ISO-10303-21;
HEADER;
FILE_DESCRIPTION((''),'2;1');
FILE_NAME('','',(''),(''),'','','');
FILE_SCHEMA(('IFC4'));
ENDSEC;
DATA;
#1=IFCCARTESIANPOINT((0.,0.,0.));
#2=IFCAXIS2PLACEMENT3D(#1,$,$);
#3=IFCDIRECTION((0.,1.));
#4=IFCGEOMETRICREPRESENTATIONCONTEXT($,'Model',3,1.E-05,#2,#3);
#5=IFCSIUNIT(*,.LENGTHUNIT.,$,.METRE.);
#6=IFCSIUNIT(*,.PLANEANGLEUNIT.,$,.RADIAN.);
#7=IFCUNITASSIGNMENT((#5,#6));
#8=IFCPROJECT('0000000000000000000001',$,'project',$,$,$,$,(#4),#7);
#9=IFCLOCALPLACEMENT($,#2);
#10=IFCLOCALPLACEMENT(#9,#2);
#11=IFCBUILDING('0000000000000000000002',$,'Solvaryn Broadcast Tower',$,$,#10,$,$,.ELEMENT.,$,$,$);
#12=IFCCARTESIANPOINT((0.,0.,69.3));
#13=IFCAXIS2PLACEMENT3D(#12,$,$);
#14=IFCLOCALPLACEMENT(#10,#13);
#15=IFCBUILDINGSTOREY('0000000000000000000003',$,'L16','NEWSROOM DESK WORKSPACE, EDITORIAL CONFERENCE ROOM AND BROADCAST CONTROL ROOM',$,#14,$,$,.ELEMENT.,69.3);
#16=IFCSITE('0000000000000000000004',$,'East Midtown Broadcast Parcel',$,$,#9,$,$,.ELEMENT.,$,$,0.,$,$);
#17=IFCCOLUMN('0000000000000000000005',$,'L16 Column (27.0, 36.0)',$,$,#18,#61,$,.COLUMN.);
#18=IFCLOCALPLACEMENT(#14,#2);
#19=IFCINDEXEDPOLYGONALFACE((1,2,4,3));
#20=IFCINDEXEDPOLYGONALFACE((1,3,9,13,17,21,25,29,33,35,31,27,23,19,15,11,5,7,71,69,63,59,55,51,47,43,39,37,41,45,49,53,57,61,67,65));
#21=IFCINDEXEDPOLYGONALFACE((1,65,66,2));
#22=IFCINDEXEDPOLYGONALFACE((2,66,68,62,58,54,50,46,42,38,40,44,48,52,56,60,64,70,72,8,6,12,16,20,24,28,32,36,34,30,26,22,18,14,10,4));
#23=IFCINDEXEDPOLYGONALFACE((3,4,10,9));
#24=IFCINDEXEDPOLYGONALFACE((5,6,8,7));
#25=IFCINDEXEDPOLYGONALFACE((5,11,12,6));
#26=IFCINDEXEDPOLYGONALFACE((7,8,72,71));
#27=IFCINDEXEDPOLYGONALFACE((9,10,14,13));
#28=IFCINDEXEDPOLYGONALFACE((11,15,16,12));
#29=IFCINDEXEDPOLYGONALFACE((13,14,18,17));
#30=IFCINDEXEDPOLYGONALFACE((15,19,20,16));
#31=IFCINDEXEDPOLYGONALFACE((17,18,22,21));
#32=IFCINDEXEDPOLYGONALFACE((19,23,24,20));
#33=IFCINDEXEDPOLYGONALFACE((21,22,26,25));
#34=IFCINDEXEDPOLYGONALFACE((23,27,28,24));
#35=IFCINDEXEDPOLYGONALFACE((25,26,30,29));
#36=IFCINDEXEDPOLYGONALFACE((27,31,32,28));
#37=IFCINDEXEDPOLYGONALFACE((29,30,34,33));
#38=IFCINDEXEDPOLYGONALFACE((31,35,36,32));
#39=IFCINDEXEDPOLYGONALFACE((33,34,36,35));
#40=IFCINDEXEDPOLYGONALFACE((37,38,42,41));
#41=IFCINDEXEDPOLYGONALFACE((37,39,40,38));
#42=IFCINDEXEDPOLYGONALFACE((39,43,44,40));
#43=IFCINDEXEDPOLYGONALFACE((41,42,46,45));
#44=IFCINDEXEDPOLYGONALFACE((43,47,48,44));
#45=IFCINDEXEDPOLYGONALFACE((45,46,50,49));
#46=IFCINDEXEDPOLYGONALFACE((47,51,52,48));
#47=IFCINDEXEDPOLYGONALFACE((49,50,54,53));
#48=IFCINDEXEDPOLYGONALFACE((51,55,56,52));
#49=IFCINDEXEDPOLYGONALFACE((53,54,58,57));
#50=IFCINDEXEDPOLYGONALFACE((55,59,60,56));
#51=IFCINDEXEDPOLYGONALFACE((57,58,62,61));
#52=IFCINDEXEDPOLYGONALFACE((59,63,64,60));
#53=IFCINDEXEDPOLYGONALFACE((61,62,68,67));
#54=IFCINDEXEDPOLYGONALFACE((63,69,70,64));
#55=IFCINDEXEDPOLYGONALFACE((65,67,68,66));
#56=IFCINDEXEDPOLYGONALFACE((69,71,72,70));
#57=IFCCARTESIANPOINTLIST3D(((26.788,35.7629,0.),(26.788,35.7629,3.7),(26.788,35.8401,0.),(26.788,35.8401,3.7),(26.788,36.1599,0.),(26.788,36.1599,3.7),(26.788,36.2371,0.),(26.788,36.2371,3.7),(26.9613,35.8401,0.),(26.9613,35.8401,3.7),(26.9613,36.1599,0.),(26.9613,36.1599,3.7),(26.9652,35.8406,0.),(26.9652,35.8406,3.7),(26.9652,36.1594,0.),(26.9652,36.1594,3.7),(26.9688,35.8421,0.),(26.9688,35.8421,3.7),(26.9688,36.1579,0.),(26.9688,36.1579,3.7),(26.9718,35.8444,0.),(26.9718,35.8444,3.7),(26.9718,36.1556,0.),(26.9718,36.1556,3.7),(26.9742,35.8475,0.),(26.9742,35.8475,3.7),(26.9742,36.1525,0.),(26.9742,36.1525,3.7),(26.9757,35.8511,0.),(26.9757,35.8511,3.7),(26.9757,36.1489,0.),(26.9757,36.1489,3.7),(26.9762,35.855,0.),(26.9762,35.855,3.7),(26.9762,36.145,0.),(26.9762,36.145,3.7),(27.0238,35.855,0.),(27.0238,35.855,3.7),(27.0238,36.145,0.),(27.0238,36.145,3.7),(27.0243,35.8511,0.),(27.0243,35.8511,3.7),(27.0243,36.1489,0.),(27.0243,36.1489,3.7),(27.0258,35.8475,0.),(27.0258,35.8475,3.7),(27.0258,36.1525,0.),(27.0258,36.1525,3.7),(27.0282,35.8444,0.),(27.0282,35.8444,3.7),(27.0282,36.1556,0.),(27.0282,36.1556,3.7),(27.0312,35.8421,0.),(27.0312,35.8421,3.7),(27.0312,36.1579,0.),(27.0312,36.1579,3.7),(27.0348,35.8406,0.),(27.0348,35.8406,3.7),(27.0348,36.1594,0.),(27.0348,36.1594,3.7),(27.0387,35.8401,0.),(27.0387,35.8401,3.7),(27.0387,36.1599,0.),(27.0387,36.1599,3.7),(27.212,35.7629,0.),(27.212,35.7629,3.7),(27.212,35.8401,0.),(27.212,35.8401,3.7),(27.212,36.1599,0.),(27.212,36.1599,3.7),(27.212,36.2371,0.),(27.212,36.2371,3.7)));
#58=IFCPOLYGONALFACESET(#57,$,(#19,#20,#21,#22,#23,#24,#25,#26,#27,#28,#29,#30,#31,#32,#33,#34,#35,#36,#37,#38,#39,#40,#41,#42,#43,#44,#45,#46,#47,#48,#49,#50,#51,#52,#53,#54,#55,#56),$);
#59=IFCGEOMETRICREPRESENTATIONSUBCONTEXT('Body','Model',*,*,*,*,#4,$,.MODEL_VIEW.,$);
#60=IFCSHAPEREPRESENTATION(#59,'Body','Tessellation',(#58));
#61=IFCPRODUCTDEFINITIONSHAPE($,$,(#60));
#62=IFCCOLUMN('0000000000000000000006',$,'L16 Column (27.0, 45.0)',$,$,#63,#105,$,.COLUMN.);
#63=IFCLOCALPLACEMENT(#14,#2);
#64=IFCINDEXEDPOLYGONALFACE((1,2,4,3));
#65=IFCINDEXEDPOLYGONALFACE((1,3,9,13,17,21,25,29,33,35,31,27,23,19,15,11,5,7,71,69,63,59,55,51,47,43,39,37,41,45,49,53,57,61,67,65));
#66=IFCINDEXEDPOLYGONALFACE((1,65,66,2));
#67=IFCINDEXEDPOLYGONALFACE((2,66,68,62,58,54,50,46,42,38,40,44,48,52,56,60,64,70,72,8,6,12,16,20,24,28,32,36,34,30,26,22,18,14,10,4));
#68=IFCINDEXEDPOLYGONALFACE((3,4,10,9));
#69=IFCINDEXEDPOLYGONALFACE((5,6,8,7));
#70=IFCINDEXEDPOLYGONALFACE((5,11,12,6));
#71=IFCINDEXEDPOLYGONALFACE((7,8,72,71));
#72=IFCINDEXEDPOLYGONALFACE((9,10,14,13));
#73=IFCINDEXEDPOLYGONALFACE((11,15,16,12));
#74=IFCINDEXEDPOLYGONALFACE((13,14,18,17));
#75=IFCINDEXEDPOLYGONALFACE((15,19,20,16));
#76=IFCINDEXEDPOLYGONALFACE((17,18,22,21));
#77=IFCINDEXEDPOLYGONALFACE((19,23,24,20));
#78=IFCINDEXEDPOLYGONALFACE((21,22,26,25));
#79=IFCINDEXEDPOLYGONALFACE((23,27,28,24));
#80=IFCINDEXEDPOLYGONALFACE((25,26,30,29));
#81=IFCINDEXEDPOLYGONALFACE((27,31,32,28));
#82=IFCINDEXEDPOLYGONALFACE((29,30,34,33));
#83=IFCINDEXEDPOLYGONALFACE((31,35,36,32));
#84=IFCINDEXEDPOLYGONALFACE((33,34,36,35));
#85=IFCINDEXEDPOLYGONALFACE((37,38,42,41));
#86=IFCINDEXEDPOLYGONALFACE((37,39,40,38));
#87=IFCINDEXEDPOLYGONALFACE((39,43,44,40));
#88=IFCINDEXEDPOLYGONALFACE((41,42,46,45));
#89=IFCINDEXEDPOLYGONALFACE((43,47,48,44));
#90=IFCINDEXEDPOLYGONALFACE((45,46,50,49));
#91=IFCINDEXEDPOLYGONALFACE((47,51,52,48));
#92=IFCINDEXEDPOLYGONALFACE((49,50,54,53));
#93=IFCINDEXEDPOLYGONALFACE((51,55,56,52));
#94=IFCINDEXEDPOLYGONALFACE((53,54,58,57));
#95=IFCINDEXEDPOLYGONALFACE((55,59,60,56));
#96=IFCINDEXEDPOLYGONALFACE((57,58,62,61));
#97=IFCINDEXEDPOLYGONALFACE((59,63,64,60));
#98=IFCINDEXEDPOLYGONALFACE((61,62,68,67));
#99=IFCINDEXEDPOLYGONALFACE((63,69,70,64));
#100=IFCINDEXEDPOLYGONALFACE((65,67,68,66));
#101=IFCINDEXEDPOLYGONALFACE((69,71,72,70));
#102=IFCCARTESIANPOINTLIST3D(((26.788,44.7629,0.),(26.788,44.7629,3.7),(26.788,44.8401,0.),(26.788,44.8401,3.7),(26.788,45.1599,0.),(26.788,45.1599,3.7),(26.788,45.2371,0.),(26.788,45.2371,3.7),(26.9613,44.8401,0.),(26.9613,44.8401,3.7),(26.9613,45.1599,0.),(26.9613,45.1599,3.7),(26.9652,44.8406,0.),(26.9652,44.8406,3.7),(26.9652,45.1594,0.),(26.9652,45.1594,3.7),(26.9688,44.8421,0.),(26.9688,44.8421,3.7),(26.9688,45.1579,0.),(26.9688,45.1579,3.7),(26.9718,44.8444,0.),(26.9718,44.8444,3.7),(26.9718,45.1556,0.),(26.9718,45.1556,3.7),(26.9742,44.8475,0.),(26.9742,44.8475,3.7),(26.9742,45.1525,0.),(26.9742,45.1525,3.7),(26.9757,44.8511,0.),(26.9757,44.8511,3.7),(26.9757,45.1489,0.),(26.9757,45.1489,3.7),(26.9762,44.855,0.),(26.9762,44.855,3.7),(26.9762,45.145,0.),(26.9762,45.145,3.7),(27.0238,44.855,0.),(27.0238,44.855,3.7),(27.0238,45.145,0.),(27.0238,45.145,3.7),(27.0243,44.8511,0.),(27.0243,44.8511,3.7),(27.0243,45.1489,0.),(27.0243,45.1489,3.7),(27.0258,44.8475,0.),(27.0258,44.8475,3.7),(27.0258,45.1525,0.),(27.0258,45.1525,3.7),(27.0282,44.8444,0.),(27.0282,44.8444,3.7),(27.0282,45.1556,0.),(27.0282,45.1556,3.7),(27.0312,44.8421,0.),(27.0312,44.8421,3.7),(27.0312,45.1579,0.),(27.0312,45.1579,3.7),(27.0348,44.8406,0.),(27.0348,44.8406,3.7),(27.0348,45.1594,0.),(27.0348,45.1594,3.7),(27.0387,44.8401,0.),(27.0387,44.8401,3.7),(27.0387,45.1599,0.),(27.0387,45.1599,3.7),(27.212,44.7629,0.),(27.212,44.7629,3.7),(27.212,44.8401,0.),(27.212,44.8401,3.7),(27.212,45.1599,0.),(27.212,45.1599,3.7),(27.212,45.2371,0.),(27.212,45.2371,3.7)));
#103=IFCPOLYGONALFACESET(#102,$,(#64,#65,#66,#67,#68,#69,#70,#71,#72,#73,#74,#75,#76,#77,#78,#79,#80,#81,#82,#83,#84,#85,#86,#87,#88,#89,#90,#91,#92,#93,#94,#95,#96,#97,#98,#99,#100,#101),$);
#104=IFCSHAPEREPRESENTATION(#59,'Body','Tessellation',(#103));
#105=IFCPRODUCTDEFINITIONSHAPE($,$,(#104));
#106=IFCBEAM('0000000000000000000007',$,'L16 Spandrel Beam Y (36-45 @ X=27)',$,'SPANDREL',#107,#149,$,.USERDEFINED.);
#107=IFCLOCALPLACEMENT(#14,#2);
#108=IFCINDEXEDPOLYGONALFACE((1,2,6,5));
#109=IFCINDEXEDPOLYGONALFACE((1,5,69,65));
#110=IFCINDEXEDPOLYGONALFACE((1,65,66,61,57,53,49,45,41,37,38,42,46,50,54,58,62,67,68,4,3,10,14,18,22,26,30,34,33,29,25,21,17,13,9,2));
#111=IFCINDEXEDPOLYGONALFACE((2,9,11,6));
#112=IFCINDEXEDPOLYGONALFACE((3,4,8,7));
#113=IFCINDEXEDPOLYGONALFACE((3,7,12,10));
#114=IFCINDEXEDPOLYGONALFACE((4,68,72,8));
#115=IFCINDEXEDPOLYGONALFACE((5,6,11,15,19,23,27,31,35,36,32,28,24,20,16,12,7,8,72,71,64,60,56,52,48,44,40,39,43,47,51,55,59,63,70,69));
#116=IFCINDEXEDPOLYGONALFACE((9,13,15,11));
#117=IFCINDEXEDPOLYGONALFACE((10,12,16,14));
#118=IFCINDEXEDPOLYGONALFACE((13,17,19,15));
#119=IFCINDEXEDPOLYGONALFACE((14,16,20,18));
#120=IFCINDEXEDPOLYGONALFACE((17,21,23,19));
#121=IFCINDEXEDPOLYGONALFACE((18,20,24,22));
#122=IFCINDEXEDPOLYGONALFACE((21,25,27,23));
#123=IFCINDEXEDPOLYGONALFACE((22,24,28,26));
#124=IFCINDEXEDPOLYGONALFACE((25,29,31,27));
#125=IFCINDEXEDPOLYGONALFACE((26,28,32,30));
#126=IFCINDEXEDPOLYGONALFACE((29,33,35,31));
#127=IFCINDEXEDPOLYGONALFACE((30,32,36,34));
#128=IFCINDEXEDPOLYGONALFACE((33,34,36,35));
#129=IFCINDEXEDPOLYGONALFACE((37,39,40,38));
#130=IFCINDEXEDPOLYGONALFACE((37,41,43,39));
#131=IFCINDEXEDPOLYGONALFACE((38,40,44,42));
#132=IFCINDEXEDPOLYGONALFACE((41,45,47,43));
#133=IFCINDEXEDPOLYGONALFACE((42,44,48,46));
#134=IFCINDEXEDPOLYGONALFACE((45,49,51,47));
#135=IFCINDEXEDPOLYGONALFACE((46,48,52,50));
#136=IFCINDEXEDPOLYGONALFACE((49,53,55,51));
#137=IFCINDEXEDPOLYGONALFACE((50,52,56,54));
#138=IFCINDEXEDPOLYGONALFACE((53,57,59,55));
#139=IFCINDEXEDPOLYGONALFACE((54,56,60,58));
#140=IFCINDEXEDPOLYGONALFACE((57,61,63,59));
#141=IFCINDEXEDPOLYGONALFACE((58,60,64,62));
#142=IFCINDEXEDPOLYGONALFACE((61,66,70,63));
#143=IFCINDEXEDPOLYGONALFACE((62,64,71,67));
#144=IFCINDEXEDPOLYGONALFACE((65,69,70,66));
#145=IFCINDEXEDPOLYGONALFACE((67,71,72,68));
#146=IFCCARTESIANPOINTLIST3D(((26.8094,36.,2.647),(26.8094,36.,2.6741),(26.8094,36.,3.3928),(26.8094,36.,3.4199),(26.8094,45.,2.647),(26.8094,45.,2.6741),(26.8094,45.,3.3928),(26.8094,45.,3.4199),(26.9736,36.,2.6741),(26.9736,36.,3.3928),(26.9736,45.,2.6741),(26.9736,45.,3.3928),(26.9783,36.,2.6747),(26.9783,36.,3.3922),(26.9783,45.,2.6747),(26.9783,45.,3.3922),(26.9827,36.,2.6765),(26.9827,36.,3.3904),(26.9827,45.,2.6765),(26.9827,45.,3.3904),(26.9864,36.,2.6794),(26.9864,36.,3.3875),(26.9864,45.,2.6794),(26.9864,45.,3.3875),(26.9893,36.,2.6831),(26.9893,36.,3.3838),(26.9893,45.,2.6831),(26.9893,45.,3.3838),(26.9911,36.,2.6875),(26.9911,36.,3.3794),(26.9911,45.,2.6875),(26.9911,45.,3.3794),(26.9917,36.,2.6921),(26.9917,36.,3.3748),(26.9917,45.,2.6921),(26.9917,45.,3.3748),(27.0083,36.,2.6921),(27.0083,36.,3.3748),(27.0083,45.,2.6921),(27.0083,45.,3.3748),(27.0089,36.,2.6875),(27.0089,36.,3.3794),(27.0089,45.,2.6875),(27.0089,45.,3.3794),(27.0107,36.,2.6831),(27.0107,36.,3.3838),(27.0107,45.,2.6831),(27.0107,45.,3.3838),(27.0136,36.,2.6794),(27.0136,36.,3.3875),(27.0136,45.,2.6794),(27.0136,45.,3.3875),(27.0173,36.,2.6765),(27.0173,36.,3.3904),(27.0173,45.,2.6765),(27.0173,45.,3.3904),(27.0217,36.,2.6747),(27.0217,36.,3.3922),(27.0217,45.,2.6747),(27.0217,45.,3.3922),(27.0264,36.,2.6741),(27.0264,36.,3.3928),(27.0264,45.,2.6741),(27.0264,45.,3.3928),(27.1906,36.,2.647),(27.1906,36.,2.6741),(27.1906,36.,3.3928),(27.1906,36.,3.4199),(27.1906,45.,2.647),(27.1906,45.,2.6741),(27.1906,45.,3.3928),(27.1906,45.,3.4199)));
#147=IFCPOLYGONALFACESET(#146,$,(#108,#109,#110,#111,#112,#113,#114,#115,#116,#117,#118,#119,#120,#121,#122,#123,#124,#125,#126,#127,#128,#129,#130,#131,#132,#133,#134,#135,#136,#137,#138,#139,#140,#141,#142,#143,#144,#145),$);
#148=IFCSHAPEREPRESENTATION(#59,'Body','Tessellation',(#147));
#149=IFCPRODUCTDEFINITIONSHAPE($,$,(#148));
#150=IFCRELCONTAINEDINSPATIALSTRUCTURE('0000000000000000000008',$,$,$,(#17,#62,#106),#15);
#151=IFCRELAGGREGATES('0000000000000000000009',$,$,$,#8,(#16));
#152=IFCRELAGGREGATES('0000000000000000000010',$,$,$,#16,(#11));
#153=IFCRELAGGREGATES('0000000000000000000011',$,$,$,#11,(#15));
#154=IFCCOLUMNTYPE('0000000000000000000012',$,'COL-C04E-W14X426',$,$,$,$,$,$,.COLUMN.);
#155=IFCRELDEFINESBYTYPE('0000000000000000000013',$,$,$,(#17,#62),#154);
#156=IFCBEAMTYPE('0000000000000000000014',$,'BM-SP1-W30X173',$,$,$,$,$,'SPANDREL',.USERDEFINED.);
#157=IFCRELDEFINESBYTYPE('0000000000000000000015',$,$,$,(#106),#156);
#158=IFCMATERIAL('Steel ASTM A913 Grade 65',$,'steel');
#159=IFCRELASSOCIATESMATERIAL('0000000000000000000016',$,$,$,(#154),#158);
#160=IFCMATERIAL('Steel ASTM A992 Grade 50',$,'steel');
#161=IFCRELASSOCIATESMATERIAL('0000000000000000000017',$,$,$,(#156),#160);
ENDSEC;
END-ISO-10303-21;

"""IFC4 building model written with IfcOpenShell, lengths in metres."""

from ifc_helpers import new_model, si_unit, direction, frame, origin, origin_2d, place, context, subcontext, project, spatial, i_section, extrude, material, material_profile, profile_set, type_object, element, save


model = new_model("IFC4")

# Units and contexts
model_context = context("Model", 3, precision=1e-05, world=origin(), true_north=direction((0.0, 1.0)))
body_context = subcontext(model_context, "Body", "Model", "MODEL_VIEW")
ifc_project = project(units=[si_unit("LENGTHUNIT", "METRE"), si_unit("PLANEANGLEUNIT", "RADIAN")], contexts=[model_context])

# Site, building, storey
site_placement = place(None, origin())
site = spatial("IfcSite", under=ifc_project, at=site_placement, Name="East Midtown Broadcast Parcel", CompositionType="ELEMENT", RefElevation=0.0)
building_placement = place(site_placement, origin())
building = spatial("IfcBuilding", under=site, at=building_placement, Name="Solvaryn Broadcast Tower", CompositionType="ELEMENT")
storey_placement = place(building_placement, frame((0.0, 0.0, 69.3)))
storey = spatial("IfcBuildingStorey", under=building, at=storey_placement, Name="L16", Description="NEWSROOM DESK WORKSPACE, EDITORIAL CONFERENCE ROOM AND BROADCAST CONTROL ROOM", CompositionType="ELEMENT", Elevation=69.3)

# Columns
ifc_material_1 = material(Name="Steel ASTM A913 Grade 65", Category="steel")
ifc_material_profile_1 = material_profile(ifc_material_1, i_section(OverallWidth=0.4241, OverallDepth=0.4741, WebThickness=0.0476, FlangeThickness=0.0771, FilletRadius=0.0149, at=origin_2d()))
ifc_profile_set_1 = profile_set([ifc_material_profile_1], Name="Steel ASTM A913 Grade 65")
column_type = type_object("IfcColumnType", Name="COL-C04E-W14X426", PredefinedType="COLUMN", material=ifc_profile_set_1)
for number, where, z_axis, x_axis, name in (
    (1, (27.0, 36.0, 0.0), (0.0, 0.0, 1.0), (1.0, 0.0, 0.0), "L16 Column (27.0, 36.0)"),
    (2, (27.0, 45.0, 0.0), (0.0, 0.0, 1.0), (1.0, 0.0, 0.0), "L16 Column (27.0, 45.0)"),
):
    element("IfcColumn", number, at=place(storey_placement, frame(where, z_axis=z_axis, x_axis=x_axis)), inside=storey, type_object=column_type, Name=name, PredefinedType="COLUMN", context=body_context, shape_type="SweptSolid", body=[
        extrude(i_section(OverallWidth=0.4241, OverallDepth=0.4741, WebThickness=0.0476, FlangeThickness=0.0771, FilletRadius=0.0149, at=origin_2d()), origin(), (0.0, 0.0, 1.0), 3.7),
    ])

# Beam
ifc_material_2 = material(Name="Steel ASTM A992 Grade 50", Category="steel")
ifc_material_profile_2 = material_profile(ifc_material_2, i_section(OverallWidth=0.3811, OverallDepth=0.7729, WebThickness=0.0166, FlangeThickness=0.0271, FilletRadius=0.0181, at=origin_2d()))
ifc_profile_set_2 = profile_set([ifc_material_profile_2], Name="Steel ASTM A992 Grade 50")
beam_type = type_object("IfcBeamType", Name="BM-SP1-W30X173", ElementType="SPANDREL", PredefinedType="USERDEFINED", material=ifc_profile_set_2)
beam_placement = place(storey_placement, frame((27.0, 36.0, 3.0334), z_axis=(0.0, 1.0, 0.0), x_axis=(-1.0, 0.0, 0.0)))
element("IfcBeam", 3, at=beam_placement, inside=storey, type_object=beam_type, Name="L16 Spandrel Beam Y (36-45 @ X=27)", ObjectType="SPANDREL", PredefinedType="USERDEFINED", context=body_context, shape_type="SweptSolid", body=[
    extrude(i_section(OverallWidth=0.3811, OverallDepth=0.7729, WebThickness=0.0166, FlangeThickness=0.0271, FilletRadius=0.0181, at=origin_2d()), origin(), (0.0, 0.0, 1.0), 9.0),
])

save(model, "model.ifc")
